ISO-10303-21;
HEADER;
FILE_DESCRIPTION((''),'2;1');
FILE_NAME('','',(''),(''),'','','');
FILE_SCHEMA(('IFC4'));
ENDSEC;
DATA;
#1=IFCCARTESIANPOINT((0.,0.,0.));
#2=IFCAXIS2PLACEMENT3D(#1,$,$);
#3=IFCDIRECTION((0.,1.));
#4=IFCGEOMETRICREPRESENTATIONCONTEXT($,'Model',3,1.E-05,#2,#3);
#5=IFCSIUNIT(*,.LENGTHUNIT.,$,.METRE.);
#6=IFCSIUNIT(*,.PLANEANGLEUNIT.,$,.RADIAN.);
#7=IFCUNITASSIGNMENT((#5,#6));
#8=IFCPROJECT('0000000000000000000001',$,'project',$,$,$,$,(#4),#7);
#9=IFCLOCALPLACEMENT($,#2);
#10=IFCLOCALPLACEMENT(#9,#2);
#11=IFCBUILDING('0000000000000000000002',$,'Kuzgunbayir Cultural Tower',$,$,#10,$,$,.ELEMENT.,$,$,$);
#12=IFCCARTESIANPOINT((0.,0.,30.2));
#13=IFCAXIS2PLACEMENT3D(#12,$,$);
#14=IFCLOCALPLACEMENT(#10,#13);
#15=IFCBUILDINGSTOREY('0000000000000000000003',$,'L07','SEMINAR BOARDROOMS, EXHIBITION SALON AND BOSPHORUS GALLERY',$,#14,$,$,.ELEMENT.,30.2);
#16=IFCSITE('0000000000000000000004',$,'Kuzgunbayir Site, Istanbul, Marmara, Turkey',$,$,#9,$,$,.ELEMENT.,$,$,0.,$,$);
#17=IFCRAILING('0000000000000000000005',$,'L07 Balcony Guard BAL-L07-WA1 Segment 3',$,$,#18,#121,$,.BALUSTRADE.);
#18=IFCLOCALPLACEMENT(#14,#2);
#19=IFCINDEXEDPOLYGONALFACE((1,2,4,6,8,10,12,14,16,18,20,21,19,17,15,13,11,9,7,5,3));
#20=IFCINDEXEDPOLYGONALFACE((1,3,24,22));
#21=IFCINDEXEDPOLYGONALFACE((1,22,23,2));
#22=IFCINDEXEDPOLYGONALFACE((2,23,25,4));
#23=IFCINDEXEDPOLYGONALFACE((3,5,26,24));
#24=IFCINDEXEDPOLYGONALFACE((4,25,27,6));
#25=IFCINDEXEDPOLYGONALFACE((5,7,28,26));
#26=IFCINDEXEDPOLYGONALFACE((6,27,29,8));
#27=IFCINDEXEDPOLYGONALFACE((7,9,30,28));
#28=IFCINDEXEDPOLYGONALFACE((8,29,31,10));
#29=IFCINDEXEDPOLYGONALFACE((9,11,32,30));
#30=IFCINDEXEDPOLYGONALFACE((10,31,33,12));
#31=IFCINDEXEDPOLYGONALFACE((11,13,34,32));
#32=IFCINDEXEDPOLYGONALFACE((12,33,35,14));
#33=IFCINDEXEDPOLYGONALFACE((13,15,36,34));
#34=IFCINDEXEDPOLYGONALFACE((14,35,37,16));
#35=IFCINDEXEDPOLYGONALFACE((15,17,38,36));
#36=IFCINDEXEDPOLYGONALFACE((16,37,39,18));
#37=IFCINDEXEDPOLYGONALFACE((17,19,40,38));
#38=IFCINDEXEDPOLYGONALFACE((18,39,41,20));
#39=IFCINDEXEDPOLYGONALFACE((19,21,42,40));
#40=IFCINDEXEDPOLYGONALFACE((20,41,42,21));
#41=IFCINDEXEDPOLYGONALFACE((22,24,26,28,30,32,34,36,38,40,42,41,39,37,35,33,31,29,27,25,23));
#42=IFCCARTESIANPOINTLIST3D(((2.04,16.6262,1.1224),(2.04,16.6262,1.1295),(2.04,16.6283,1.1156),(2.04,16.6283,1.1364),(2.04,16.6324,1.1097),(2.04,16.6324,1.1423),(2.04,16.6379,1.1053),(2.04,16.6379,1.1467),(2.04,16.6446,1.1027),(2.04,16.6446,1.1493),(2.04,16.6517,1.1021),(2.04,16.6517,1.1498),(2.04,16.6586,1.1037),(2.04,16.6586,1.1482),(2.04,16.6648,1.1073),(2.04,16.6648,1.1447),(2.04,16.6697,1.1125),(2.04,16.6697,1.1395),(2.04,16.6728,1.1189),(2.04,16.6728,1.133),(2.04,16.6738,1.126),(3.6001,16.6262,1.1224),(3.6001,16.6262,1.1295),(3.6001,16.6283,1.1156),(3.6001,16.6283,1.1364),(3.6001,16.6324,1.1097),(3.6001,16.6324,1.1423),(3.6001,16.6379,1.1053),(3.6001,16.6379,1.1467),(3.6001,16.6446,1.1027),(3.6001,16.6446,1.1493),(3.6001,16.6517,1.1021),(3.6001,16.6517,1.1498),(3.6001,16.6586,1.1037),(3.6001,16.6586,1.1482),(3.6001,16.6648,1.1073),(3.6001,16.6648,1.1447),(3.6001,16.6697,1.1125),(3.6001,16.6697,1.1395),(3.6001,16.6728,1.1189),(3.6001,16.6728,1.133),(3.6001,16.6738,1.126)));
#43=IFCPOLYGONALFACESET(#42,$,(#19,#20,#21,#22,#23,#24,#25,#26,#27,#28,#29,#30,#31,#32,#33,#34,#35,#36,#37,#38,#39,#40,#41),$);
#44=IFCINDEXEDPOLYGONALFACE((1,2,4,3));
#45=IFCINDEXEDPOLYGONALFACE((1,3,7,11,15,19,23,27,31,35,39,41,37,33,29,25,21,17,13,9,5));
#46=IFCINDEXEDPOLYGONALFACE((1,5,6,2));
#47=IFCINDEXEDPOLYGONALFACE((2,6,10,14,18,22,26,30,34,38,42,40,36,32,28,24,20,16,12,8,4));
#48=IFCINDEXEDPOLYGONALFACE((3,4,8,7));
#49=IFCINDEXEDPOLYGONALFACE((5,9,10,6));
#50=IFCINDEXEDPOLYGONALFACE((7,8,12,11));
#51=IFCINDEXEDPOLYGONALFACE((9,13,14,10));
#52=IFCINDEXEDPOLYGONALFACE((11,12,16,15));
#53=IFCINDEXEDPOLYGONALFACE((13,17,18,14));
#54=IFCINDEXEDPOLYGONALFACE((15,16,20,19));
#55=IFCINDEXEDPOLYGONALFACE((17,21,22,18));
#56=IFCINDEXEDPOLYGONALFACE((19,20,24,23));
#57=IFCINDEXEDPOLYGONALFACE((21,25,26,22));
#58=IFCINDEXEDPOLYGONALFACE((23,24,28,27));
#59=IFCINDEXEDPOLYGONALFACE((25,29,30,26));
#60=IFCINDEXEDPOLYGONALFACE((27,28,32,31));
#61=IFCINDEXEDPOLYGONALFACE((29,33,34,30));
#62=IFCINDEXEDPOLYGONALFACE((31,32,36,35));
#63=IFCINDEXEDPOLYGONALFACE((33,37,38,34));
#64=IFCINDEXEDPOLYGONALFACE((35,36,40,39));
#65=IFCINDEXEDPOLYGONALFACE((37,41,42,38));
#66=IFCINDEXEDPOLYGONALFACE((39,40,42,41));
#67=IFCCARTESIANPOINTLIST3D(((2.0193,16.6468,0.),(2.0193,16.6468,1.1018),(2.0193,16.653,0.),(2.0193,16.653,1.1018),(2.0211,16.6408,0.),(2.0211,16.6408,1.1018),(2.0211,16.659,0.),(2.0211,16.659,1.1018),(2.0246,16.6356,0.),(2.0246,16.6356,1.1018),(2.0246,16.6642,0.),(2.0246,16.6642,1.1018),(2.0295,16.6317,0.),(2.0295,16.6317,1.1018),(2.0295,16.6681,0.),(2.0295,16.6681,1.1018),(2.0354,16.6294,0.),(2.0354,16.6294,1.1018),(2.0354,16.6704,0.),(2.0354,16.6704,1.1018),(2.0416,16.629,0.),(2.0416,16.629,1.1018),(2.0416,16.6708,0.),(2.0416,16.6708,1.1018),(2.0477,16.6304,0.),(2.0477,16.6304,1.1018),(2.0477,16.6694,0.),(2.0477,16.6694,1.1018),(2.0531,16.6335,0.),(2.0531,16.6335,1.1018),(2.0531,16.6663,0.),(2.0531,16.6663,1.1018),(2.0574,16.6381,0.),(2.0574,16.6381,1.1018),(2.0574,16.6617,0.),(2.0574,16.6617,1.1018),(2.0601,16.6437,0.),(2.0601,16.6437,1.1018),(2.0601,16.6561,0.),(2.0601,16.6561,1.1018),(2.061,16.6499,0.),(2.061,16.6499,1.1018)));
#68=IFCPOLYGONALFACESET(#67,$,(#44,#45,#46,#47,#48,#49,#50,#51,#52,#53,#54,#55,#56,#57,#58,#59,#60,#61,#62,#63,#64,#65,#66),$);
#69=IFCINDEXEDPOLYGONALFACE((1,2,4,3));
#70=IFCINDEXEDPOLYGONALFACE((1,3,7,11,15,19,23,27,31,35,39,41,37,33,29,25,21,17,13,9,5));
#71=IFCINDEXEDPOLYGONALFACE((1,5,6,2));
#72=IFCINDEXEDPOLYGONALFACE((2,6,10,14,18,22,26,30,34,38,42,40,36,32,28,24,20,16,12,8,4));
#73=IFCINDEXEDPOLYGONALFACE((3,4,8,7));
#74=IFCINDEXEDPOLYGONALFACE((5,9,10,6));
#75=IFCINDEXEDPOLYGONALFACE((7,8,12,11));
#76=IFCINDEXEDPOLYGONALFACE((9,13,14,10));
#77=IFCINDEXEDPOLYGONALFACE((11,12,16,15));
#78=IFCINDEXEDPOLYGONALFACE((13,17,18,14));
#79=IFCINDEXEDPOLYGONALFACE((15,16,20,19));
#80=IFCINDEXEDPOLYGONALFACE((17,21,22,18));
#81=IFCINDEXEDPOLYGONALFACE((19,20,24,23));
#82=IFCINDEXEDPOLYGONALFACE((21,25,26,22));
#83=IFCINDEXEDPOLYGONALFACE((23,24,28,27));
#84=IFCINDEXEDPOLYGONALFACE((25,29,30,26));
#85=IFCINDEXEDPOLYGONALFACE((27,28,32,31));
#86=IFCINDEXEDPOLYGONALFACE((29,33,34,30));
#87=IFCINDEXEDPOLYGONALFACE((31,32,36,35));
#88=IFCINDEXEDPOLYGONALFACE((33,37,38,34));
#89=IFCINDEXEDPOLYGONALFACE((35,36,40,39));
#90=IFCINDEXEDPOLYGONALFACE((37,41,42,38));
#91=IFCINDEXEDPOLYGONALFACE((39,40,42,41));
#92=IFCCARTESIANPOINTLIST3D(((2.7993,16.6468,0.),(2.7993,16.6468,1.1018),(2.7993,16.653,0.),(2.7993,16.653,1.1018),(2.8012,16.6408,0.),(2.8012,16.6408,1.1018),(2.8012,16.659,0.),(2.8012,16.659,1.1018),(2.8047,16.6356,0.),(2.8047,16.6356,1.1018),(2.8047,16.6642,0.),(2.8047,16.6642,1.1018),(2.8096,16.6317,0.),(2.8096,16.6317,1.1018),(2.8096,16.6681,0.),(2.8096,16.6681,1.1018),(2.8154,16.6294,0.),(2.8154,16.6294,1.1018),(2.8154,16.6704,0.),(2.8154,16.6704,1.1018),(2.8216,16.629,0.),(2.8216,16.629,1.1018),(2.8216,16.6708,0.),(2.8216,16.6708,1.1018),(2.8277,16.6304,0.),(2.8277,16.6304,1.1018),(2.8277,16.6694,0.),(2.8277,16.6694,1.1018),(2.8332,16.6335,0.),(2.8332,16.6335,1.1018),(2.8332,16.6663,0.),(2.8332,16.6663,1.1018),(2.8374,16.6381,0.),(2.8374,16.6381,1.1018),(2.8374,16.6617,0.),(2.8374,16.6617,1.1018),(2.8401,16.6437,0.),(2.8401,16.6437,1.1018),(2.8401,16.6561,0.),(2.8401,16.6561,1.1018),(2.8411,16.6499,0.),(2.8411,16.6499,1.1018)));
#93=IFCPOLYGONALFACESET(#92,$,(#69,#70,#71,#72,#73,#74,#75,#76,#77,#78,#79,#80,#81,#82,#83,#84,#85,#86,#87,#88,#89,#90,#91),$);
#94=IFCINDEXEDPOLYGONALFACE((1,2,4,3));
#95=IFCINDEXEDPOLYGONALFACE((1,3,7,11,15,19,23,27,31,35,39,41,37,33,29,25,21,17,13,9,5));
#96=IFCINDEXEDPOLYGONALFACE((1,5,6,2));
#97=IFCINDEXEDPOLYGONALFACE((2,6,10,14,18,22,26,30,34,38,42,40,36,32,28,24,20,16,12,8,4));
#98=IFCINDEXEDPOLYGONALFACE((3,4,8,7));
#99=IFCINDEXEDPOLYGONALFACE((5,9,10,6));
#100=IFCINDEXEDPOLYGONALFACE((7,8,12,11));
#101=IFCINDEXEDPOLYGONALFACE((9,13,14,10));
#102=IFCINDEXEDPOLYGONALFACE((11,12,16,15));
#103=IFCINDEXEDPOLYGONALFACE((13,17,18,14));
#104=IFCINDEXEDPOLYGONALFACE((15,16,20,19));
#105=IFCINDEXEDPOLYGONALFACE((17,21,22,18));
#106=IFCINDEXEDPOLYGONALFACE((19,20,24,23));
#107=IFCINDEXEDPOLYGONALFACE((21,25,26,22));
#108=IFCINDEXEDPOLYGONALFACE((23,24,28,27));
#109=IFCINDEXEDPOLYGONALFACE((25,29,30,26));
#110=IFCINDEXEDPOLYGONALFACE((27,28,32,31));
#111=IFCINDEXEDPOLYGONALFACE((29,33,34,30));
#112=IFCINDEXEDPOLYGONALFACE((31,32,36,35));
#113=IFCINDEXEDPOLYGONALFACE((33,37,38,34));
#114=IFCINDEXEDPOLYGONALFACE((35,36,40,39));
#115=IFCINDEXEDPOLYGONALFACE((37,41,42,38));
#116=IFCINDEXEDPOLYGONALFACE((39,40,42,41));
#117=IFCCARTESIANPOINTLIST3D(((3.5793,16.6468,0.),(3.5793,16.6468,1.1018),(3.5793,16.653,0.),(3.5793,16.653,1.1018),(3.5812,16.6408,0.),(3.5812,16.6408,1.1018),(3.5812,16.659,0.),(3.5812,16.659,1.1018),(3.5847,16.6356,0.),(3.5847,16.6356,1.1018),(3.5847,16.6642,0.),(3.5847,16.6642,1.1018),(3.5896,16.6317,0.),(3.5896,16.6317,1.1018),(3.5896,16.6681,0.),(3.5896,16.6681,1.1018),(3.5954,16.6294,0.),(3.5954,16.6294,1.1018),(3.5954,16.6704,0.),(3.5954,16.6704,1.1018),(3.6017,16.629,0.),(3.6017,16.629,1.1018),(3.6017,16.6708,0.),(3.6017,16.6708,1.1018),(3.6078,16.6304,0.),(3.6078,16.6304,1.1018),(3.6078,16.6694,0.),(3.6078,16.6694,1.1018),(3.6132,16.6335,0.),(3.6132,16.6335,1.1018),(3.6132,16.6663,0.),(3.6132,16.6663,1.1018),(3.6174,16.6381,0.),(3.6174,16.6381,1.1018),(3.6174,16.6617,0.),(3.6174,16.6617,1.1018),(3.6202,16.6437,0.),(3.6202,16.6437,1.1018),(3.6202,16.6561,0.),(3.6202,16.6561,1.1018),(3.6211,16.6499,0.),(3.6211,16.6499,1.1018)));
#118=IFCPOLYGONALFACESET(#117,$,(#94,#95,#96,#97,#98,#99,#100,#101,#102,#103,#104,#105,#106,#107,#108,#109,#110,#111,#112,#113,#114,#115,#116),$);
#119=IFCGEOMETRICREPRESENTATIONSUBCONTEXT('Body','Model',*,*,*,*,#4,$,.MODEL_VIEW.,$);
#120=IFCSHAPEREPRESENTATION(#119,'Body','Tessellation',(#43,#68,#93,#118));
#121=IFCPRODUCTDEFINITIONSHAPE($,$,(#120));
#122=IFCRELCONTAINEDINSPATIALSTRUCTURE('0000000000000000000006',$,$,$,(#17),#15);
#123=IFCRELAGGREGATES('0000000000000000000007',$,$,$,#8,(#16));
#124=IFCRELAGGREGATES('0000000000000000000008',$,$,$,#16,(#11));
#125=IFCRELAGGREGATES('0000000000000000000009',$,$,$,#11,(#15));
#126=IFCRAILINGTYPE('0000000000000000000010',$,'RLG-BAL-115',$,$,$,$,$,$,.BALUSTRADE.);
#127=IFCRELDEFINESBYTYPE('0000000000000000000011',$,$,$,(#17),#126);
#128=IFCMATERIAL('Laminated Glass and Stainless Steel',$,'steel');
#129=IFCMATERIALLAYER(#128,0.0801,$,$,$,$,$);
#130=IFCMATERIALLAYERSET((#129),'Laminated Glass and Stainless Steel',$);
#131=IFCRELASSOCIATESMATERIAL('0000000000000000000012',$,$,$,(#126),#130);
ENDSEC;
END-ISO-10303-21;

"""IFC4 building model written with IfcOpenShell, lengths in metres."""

from ifc_helpers import new_model, si_unit, direction, frame, origin, origin_2d, place, context, subcontext, project, spatial, circle, extrude, material, layer, layer_set, type_object, element, save


model = new_model("IFC4")

# Units and contexts
model_context = context("Model", 3, precision=1e-05, world=origin(), true_north=direction((0.0, 1.0)))
body_context = subcontext(model_context, "Body", "Model", "MODEL_VIEW")
ifc_project = project(units=[si_unit("LENGTHUNIT", "METRE"), si_unit("PLANEANGLEUNIT", "RADIAN")], contexts=[model_context])

# Site, building, storey
site_placement = place(None, origin())
site = spatial("IfcSite", under=ifc_project, at=site_placement, Name="Kuzgunbayir Site, Istanbul, Marmara, Turkey", CompositionType="ELEMENT", RefElevation=0.0)
building_placement = place(site_placement, origin())
building = spatial("IfcBuilding", under=site, at=building_placement, Name="Kuzgunbayir Cultural Tower", CompositionType="ELEMENT")
storey_placement = place(building_placement, frame((0.0, 0.0, 30.2)))
storey = spatial("IfcBuildingStorey", under=building, at=storey_placement, Name="L07", Description="SEMINAR BOARDROOMS, EXHIBITION SALON AND BOSPHORUS GALLERY", CompositionType="ELEMENT", Elevation=30.2)

# Railing
ifc_material_1 = material(Name="Laminated Glass and Stainless Steel", Category="steel")
ifc_layer_1 = layer(ifc_material_1, 0.0801)
ifc_layer_set_1 = layer_set([ifc_layer_1], Name="Laminated Glass and Stainless Steel")
railing_type = type_object("IfcRailingType", Name="RLG-BAL-115", PredefinedType="BALUSTRADE", material=ifc_layer_set_1)
railing_1_placement = place(storey_placement, frame((2.04, 16.6499, 0.0)))
element("IfcRailing", 1, at=railing_1_placement, inside=storey, type_object=railing_type, Name="L07 Balcony Guard BAL-L07-WA1 Segment 3", PredefinedType="BALUSTRADE", context=body_context, shape_type="SweptSolid", body=[
    extrude(circle(Radius=0.0239, at=origin_2d()), frame((0.0, 0.0, 1.126), z_axis=(1.0, 0.0, 0.0), x_axis=(0.0, 1.0, 0.0)), (0.0, 0.0, 1.0), 1.5601),
    extrude(circle(Radius=0.021, at=origin_2d()), origin(), (0.0, 0.0, 1.0), 1.1018),
    extrude(circle(Radius=0.021, at=origin_2d()), frame((0.78, 0.0, 0.0)), (0.0, 0.0, 1.0), 1.1018),
    extrude(circle(Radius=0.021, at=origin_2d()), frame((1.5601, 0.0, 0.0)), (0.0, 0.0, 1.0), 1.1018),
])

save(model, "model.ifc")
